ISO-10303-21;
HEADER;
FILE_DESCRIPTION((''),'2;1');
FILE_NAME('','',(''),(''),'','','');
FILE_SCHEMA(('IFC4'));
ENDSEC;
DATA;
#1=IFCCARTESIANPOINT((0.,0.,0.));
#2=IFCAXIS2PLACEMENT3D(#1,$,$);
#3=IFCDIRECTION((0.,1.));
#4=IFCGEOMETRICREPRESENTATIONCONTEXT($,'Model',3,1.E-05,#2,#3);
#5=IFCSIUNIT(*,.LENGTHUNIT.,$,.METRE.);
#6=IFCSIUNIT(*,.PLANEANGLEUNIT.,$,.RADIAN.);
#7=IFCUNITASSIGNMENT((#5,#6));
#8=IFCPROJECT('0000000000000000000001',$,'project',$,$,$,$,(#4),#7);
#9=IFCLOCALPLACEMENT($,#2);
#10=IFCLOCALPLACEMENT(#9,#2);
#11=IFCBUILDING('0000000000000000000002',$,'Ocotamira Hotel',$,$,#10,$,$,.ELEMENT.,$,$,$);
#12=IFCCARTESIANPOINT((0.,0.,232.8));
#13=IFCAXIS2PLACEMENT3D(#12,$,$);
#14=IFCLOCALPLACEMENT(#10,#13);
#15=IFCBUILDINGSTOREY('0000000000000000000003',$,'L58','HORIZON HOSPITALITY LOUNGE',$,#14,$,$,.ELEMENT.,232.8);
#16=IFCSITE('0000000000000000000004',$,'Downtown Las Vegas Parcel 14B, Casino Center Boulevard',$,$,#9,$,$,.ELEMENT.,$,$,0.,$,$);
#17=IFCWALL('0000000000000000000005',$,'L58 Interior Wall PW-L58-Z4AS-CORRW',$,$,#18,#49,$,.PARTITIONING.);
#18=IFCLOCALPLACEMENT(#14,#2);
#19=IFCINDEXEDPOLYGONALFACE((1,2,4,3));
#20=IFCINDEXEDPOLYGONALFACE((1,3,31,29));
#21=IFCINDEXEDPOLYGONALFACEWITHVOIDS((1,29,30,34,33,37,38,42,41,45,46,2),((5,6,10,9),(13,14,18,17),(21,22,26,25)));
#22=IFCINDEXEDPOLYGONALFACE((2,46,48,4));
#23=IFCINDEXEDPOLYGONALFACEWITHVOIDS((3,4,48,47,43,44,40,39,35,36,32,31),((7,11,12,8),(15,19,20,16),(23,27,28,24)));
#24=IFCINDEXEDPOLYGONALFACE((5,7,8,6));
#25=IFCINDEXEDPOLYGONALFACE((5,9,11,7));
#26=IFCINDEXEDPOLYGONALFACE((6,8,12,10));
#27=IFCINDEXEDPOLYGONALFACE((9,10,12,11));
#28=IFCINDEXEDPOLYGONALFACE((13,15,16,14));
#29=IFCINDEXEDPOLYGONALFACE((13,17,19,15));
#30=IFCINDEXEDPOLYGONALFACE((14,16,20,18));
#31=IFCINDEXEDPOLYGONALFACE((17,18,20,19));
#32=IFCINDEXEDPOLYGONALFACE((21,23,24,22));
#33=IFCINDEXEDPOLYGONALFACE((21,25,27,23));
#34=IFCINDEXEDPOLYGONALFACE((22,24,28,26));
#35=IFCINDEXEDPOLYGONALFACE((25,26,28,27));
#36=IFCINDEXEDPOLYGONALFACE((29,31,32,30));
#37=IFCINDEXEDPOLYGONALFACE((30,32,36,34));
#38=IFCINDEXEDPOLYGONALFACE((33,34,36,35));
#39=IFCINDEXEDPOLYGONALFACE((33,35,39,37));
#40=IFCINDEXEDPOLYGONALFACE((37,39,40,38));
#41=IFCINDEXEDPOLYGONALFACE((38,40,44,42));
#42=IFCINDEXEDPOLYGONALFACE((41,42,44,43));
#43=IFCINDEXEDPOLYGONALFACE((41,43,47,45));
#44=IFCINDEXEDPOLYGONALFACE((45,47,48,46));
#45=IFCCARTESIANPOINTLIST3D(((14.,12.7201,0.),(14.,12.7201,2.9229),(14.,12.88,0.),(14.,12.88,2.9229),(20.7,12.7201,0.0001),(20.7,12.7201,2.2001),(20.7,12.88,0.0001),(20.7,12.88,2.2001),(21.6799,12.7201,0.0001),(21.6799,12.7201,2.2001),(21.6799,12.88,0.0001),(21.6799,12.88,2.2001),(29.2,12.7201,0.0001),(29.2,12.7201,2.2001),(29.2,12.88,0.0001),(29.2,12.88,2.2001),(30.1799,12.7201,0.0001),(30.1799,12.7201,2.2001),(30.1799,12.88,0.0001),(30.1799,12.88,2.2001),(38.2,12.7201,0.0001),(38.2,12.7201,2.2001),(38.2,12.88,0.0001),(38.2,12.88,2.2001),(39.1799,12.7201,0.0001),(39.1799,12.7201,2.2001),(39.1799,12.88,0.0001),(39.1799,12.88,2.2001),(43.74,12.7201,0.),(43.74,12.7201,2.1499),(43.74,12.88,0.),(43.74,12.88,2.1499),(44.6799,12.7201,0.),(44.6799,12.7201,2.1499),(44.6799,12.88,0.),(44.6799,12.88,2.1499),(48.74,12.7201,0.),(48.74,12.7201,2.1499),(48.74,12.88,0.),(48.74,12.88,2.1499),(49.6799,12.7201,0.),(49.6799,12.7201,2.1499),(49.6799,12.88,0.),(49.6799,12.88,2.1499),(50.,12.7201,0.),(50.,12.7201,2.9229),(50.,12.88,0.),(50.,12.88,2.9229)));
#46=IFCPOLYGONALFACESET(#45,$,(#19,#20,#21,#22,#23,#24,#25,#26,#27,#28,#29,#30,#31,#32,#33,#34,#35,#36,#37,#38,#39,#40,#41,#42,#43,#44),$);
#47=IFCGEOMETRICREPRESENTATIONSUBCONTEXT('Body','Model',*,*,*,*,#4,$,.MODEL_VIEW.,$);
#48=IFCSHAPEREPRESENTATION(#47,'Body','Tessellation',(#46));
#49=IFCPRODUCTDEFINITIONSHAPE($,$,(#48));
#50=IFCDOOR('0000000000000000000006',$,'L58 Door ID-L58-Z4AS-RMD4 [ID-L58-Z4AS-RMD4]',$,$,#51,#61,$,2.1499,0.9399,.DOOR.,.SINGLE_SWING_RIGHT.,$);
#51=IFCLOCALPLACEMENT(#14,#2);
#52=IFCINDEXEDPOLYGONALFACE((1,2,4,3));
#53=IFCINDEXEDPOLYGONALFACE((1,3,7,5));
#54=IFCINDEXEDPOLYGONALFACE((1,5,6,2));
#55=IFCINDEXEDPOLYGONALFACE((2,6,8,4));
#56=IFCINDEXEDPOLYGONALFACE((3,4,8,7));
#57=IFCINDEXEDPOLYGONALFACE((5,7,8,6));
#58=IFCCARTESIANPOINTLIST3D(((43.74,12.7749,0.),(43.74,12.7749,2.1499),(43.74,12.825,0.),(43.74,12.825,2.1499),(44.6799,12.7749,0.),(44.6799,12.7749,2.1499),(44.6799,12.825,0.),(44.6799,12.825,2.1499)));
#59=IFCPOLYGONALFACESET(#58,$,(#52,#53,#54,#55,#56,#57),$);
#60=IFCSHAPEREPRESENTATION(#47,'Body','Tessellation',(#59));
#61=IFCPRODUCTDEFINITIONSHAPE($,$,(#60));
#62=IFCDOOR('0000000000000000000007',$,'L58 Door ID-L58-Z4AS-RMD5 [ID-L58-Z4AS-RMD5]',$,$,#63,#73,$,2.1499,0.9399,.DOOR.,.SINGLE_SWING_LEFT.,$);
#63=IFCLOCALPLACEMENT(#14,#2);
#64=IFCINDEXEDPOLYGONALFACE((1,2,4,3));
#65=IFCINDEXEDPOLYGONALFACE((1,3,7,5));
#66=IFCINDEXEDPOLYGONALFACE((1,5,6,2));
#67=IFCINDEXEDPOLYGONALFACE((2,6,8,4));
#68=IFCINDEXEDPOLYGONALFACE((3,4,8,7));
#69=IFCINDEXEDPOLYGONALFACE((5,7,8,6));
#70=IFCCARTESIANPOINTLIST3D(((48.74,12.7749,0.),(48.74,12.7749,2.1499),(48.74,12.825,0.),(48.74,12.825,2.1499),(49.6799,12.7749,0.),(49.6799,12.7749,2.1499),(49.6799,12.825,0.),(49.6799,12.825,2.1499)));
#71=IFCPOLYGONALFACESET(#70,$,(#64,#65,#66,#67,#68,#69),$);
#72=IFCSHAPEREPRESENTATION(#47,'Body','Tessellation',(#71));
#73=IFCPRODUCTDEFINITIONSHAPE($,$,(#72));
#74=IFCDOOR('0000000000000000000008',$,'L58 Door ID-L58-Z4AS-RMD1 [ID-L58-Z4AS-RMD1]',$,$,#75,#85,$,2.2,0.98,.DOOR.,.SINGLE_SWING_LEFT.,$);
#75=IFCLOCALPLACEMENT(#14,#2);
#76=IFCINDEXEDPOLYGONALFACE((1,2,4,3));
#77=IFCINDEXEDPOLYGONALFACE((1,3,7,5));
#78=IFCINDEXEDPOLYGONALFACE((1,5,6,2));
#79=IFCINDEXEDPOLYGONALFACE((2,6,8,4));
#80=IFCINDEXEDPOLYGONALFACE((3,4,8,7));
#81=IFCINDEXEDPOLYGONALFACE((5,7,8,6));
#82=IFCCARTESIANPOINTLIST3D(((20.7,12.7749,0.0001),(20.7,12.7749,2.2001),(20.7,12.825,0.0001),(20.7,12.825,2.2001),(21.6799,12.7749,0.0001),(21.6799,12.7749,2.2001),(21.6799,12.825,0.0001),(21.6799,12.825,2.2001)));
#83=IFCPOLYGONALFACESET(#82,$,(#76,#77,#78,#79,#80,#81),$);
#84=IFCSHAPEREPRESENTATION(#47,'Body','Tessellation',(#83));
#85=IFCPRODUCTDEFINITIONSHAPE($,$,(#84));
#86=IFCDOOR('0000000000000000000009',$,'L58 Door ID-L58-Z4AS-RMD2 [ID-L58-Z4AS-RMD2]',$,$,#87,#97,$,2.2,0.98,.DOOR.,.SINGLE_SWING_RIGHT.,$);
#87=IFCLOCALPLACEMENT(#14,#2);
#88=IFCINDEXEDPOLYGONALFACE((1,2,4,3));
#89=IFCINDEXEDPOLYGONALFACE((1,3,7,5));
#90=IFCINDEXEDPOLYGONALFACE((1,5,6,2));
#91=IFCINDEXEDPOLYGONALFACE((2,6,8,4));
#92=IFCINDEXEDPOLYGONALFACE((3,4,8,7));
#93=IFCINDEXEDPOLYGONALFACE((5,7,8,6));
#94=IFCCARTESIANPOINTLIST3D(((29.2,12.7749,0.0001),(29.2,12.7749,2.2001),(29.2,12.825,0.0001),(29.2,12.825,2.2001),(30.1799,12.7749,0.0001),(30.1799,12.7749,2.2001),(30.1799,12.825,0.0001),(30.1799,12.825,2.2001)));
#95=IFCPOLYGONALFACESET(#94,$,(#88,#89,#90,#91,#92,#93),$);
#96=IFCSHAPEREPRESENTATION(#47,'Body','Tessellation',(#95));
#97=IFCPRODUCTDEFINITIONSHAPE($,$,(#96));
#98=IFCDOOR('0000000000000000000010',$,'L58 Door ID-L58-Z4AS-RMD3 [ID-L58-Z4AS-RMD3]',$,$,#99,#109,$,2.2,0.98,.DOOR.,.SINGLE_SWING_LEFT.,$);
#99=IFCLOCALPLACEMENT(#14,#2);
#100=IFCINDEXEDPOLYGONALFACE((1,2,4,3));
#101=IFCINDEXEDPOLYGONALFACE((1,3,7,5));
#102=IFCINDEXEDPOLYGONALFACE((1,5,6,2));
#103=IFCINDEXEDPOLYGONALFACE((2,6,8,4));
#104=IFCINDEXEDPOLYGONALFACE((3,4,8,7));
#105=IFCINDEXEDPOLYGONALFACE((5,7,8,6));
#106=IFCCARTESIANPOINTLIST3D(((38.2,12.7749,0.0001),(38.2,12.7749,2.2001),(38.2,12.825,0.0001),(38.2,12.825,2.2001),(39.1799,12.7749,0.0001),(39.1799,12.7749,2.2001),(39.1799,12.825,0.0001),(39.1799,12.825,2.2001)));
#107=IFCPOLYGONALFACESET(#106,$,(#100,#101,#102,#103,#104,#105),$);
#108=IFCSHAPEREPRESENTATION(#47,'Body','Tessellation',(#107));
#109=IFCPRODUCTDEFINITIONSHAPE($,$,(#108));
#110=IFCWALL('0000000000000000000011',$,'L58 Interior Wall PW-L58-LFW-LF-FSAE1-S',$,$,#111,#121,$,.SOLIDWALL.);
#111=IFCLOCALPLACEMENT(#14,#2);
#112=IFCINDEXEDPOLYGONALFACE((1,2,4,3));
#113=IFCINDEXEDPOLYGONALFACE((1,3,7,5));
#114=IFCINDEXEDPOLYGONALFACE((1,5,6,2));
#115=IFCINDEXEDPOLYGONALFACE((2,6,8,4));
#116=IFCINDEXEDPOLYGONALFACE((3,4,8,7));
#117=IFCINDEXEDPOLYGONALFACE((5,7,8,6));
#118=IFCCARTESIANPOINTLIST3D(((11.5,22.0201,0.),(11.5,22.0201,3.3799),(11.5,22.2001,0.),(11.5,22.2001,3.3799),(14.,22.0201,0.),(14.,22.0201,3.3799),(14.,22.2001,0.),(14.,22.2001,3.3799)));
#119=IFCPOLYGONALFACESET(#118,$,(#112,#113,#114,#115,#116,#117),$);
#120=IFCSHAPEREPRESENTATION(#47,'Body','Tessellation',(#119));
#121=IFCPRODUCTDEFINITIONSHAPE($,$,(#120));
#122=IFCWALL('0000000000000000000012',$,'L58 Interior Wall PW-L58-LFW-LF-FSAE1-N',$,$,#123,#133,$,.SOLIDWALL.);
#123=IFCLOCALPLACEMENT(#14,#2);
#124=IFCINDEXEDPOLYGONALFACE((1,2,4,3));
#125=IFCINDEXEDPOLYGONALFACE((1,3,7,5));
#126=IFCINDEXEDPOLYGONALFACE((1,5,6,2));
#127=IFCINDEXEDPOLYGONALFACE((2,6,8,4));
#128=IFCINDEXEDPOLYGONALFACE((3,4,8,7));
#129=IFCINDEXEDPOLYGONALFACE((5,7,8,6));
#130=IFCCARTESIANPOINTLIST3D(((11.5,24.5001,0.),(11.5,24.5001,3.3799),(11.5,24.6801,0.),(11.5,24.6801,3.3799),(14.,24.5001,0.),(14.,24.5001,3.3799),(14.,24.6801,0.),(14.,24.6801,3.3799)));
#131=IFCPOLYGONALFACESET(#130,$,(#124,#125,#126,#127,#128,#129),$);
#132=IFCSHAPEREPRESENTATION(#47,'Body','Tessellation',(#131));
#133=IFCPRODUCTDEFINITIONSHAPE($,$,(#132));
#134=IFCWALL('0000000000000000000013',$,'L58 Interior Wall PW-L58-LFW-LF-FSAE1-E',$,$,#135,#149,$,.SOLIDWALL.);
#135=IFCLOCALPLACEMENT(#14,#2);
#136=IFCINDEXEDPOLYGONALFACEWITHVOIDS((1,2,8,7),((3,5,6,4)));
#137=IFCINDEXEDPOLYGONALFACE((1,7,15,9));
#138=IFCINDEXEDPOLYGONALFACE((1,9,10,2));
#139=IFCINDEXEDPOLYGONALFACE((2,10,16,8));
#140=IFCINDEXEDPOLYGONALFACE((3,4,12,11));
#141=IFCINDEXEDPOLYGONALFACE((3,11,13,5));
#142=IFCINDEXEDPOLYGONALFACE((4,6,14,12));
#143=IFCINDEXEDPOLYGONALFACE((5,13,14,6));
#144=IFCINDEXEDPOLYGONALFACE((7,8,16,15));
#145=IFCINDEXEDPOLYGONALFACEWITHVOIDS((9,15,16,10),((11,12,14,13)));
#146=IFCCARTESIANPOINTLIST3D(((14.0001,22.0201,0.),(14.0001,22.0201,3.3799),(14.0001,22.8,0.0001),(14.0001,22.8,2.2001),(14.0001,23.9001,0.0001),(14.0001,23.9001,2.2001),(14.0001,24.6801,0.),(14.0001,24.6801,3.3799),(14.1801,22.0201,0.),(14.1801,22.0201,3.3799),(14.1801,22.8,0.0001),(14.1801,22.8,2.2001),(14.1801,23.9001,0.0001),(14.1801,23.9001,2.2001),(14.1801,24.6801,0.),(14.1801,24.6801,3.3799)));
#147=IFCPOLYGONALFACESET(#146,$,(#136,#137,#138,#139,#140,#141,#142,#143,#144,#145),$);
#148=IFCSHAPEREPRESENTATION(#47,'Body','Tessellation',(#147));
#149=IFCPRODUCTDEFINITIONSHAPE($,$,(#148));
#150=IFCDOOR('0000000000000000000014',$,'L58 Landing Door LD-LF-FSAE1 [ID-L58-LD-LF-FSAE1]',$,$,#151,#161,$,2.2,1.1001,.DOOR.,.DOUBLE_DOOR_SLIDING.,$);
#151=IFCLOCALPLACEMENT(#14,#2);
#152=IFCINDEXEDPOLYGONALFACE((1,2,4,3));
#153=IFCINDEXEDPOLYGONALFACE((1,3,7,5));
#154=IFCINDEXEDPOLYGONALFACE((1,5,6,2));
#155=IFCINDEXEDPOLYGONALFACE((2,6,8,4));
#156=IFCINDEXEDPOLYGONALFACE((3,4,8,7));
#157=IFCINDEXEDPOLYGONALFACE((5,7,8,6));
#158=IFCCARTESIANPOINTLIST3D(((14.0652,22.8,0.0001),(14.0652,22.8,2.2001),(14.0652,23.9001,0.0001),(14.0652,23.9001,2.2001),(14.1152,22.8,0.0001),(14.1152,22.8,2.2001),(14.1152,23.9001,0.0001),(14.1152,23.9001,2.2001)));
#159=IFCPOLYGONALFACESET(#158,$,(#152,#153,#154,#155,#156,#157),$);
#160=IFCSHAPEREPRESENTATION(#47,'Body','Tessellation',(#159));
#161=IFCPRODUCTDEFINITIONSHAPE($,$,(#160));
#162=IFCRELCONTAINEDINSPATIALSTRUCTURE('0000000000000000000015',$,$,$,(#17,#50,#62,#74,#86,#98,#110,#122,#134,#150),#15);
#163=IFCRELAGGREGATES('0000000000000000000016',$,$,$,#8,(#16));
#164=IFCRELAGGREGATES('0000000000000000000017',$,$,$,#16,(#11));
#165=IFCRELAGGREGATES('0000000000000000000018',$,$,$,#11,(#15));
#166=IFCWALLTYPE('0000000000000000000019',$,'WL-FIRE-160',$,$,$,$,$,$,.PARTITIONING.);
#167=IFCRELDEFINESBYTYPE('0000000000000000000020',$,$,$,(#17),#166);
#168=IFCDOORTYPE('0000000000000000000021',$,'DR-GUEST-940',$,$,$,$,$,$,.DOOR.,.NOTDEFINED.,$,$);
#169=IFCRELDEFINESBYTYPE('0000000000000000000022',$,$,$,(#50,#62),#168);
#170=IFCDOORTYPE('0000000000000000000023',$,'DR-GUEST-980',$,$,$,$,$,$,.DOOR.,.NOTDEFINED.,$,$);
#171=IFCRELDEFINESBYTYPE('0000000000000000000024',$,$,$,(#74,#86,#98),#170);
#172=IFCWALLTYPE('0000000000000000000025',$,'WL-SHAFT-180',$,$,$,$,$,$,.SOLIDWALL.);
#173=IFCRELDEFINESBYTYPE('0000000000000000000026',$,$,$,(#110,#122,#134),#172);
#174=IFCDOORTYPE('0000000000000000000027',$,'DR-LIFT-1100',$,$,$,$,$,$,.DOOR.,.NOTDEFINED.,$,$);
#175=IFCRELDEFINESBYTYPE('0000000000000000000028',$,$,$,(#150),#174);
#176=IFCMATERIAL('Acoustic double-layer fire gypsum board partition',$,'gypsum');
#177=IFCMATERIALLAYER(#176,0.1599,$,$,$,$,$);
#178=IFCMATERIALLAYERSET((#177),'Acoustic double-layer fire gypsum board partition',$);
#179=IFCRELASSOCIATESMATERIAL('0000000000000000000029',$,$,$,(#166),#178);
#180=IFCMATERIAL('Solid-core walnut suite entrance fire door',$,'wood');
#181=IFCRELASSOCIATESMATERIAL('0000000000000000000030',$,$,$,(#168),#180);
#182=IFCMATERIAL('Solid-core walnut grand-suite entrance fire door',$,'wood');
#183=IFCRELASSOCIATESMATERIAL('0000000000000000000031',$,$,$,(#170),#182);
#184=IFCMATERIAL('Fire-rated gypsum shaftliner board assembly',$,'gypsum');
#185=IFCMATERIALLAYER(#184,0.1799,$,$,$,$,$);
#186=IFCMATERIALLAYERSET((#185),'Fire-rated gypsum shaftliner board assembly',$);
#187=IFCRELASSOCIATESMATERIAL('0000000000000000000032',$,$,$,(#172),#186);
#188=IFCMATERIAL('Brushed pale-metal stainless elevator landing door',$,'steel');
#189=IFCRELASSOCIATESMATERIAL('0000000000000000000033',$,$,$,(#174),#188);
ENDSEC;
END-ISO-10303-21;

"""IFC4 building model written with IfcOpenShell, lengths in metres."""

from ifc_helpers import new_model, si_unit, direction, frame, frame_2d, origin, place, context, subcontext, project, spatial, rectangle, extrude, source, transform, mapped, material, layer, layer_set, type_object, element, fill, save


model = new_model("IFC4")

# Units and contexts
model_context = context("Model", 3, precision=1e-05, world=origin(), true_north=direction((0.0, 1.0)))
body_context = subcontext(model_context, "Body", "Model", "MODEL_VIEW")
ifc_project = project(units=[si_unit("LENGTHUNIT", "METRE"), si_unit("PLANEANGLEUNIT", "RADIAN")], contexts=[model_context])

# Site, building, storey
site_placement = place(None, origin())
site = spatial("IfcSite", under=ifc_project, at=site_placement, Name="Downtown Las Vegas Parcel 14B, Casino Center Boulevard", CompositionType="ELEMENT", RefElevation=0.0)
building_placement = place(site_placement, origin())
building = spatial("IfcBuilding", under=site, at=building_placement, Name="Ocotamira Hotel", CompositionType="ELEMENT")
storey_placement = place(building_placement, frame((0.0, 0.0, 232.8)))
storey = spatial("IfcBuildingStorey", under=building, at=storey_placement, Name="L58", Description="HORIZON HOSPITALITY LOUNGE", CompositionType="ELEMENT", Elevation=232.8)

# Shared definitions
ifc_material_1 = material(Name="Acoustic double-layer fire gypsum board partition", Category="gypsum")
ifc_layer_1 = layer(ifc_material_1, 0.1599)
ifc_layer_set_1 = layer_set([ifc_layer_1], Name="Acoustic double-layer fire gypsum board partition")
wall_type_1 = type_object("IfcWallType", Name="WL-FIRE-160", PredefinedType="PARTITIONING", material=ifc_layer_set_1)

# Wall, openings, doors
wall_1_placement = place(storey_placement, frame((14.0, 12.8, 0.0), z_axis=(0.0, 0.0, 1.0), x_axis=(1.0, 0.0, 0.0)))
wall_1 = element("IfcWall", 1, at=wall_1_placement, inside=storey, type_object=wall_type_1, Name="L58 Interior Wall PW-L58-Z4AS-CORRW", PredefinedType="PARTITIONING", context=body_context, shape_type="SweptSolid", body=[
    extrude(rectangle(XDim=36.0, YDim=0.1599, at=frame_2d((18.0, 0.0))), origin(), (0.0, 0.0, 1.0), 2.9229),
])
opening_1_placement = place(wall_1_placement, frame((6.7, 0.0, 0.0)))
opening_1 = element("IfcOpeningElement", 2, at=opening_1_placement, cuts=wall_1, PredefinedType="OPENING", context=body_context, shape_type="SweptSolid", body=[
    extrude(rectangle(XDim=0.98, YDim=2.2, at=frame_2d((0.49, 1.1001))), frame((0.0, 0.0898, 0.0), z_axis=(0.0, -1.0, 0.0), x_axis=(1.0, 0.0, 0.0)), (0.0, 0.0, 1.0), 0.1799),
])
opening_2_placement = place(wall_1_placement, frame((15.2, 0.0, 0.0)))
opening_2 = element("IfcOpeningElement", 3, at=opening_2_placement, cuts=wall_1, PredefinedType="OPENING", context=body_context, shape_type="SweptSolid", body=[
    extrude(rectangle(XDim=0.98, YDim=2.2, at=frame_2d((0.49, 1.1001))), frame((0.0, 0.0898, 0.0), z_axis=(0.0, -1.0, 0.0), x_axis=(1.0, 0.0, 0.0)), (0.0, 0.0, 1.0), 0.1799),
])
opening_3_placement = place(wall_1_placement, frame((24.2, 0.0, 0.0)))
opening_3 = element("IfcOpeningElement", 4, at=opening_3_placement, cuts=wall_1, PredefinedType="OPENING", context=body_context, shape_type="SweptSolid", body=[
    extrude(rectangle(XDim=0.98, YDim=2.2, at=frame_2d((0.49, 1.1001))), frame((0.0, 0.0898, 0.0), z_axis=(0.0, -1.0, 0.0), x_axis=(1.0, 0.0, 0.0)), (0.0, 0.0, 1.0), 0.1799),
])
opening_4_placement = place(wall_1_placement, frame((29.74, 0.0, 0.0)))
opening_4 = element("IfcOpeningElement", 5, at=opening_4_placement, cuts=wall_1, PredefinedType="OPENING", context=body_context, shape_type="SweptSolid", body=[
    extrude(rectangle(XDim=0.9399, YDim=2.1499, at=frame_2d((0.47, 1.075))), frame((0.0, 0.0898, 0.0), z_axis=(0.0, -1.0, 0.0), x_axis=(1.0, 0.0, 0.0)), (0.0, 0.0, 1.0), 0.1799),
])
opening_5_placement = place(wall_1_placement, frame((34.74, 0.0, 0.0)))
opening_5 = element("IfcOpeningElement", 6, at=opening_5_placement, cuts=wall_1, PredefinedType="OPENING", context=body_context, shape_type="SweptSolid", body=[
    extrude(rectangle(XDim=0.9399, YDim=2.1499, at=frame_2d((0.47, 1.075))), frame((0.0, 0.0898, 0.0), z_axis=(0.0, -1.0, 0.0), x_axis=(1.0, 0.0, 0.0)), (0.0, 0.0, 1.0), 0.1799),
])
ifc_material_2 = material(Name="Solid-core walnut suite entrance fire door", Category="wood")
door_type_1 = type_object("IfcDoorType", Name="DR-GUEST-940", OperationType="NOTDEFINED", PredefinedType="DOOR", material=ifc_material_2)
shared_shape_1 = source(origin(), body_context, "Body", "SweptSolid", [
    extrude(rectangle(XDim=0.9399, YDim=2.1499, at=frame_2d((0.47, 1.075))), frame((0.0, 0.0249, 0.0), z_axis=(0.0, -1.0, 0.0), x_axis=(1.0, 0.0, 0.0)), (0.0, 0.0, 1.0), 0.05),
])
door_1_placement = place(opening_4_placement, origin())
door_1 = element("IfcDoor", 7, at=door_1_placement, inside=storey, type_object=door_type_1, Name="L58 Door ID-L58-Z4AS-RMD4 [ID-L58-Z4AS-RMD4]", OperationType="SINGLE_SWING_RIGHT", OverallHeight=2.1499, OverallWidth=0.9399, PredefinedType="DOOR", context=body_context, shape_type="MappedRepresentation", body=[
    mapped(shared_shape_1, transform((0.0, 0.0, 0.0), scale=1.0)),
])
fill(opening_4, door_1)
door_2_placement = place(opening_5_placement, origin())
door_2 = element("IfcDoor", 8, at=door_2_placement, inside=storey, type_object=door_type_1, Name="L58 Door ID-L58-Z4AS-RMD5 [ID-L58-Z4AS-RMD5]", OperationType="SINGLE_SWING_LEFT", OverallHeight=2.1499, OverallWidth=0.9399, PredefinedType="DOOR", context=body_context, shape_type="MappedRepresentation", body=[
    mapped(shared_shape_1, transform((0.0, 0.0, 0.0), scale=1.0)),
])
fill(opening_5, door_2)
ifc_material_3 = material(Name="Solid-core walnut grand-suite entrance fire door", Category="wood")
door_type_2 = type_object("IfcDoorType", Name="DR-GUEST-980", OperationType="NOTDEFINED", PredefinedType="DOOR", material=ifc_material_3)
shared_shape_2 = source(origin(), body_context, "Body", "SweptSolid", [
    extrude(rectangle(XDim=0.98, YDim=2.2, at=frame_2d((0.49, 1.1001))), frame((0.0, 0.0249, 0.0), z_axis=(0.0, -1.0, 0.0), x_axis=(1.0, 0.0, 0.0)), (0.0, 0.0, 1.0), 0.05),
])
door_3_placement = place(opening_1_placement, origin())
door_3 = element("IfcDoor", 9, at=door_3_placement, inside=storey, type_object=door_type_2, Name="L58 Door ID-L58-Z4AS-RMD1 [ID-L58-Z4AS-RMD1]", OperationType="SINGLE_SWING_LEFT", OverallHeight=2.2, OverallWidth=0.98, PredefinedType="DOOR", context=body_context, shape_type="MappedRepresentation", body=[
    mapped(shared_shape_2, transform((0.0, 0.0, 0.0), scale=1.0)),
])
fill(opening_1, door_3)
door_4_placement = place(opening_2_placement, origin())
door_4 = element("IfcDoor", 10, at=door_4_placement, inside=storey, type_object=door_type_2, Name="L58 Door ID-L58-Z4AS-RMD2 [ID-L58-Z4AS-RMD2]", OperationType="SINGLE_SWING_RIGHT", OverallHeight=2.2, OverallWidth=0.98, PredefinedType="DOOR", context=body_context, shape_type="MappedRepresentation", body=[
    mapped(shared_shape_2, transform((0.0, 0.0, 0.0), scale=1.0)),
])
fill(opening_2, door_4)
door_5_placement = place(opening_3_placement, origin())
door_5 = element("IfcDoor", 11, at=door_5_placement, inside=storey, type_object=door_type_2, Name="L58 Door ID-L58-Z4AS-RMD3 [ID-L58-Z4AS-RMD3]", OperationType="SINGLE_SWING_LEFT", OverallHeight=2.2, OverallWidth=0.98, PredefinedType="DOOR", context=body_context, shape_type="MappedRepresentation", body=[
    mapped(shared_shape_2, transform((0.0, 0.0, 0.0), scale=1.0)),
])
fill(opening_3, door_5)

# Walls
ifc_material_4 = material(Name="Fire-rated gypsum shaftliner board assembly", Category="gypsum")
ifc_layer_2 = layer(ifc_material_4, 0.1799)
ifc_layer_set_2 = layer_set([ifc_layer_2], Name="Fire-rated gypsum shaftliner board assembly")
wall_type_2 = type_object("IfcWallType", Name="WL-SHAFT-180", PredefinedType="SOLIDWALL", material=ifc_layer_set_2)
for number, where, z_axis, x_axis, name in (
    (12, (11.5, 22.1101, 0.0), (0.0, 0.0, 1.0), (1.0, 0.0, 0.0), "L58 Interior Wall PW-L58-LFW-LF-FSAE1-S"),
    (13, (11.5, 24.5901, 0.0), (0.0, 0.0, 1.0), (1.0, 0.0, 0.0), "L58 Interior Wall PW-L58-LFW-LF-FSAE1-N"),
):
    element("IfcWall", number, at=place(storey_placement, frame(where, z_axis=z_axis, x_axis=x_axis)), inside=storey, type_object=wall_type_2, Name=name, PredefinedType="SOLIDWALL", context=body_context, shape_type="SweptSolid", body=[
        extrude(rectangle(XDim=2.5, YDim=0.1799, at=frame_2d((1.25, 0.0))), origin(), (0.0, 0.0, 1.0), 3.3799),
    ])

# Wall, opening, door
wall_2_placement = place(storey_placement, frame((14.0901, 22.02, 0.0), z_axis=(0.0, 0.0, 1.0), x_axis=(0.0, 1.0, 0.0)))
wall_2 = element("IfcWall", 14, at=wall_2_placement, inside=storey, type_object=wall_type_2, Name="L58 Interior Wall PW-L58-LFW-LF-FSAE1-E", PredefinedType="SOLIDWALL", context=body_context, shape_type="SweptSolid", body=[
    extrude(rectangle(XDim=2.6599, YDim=0.1799, at=frame_2d((1.3301, 0.0))), origin(), (0.0, 0.0, 1.0), 3.3799),
])
opening_6_placement = place(wall_2_placement, frame((0.78, 0.0, 0.0)))
opening_6 = element("IfcOpeningElement", 15, at=opening_6_placement, cuts=wall_2, PredefinedType="OPENING", context=body_context, shape_type="SweptSolid", body=[
    extrude(rectangle(XDim=1.1001, YDim=2.2, at=frame_2d((0.55, 1.1001))), frame((0.0, 0.1001, 0.0), z_axis=(0.0, -1.0, 0.0), x_axis=(1.0, 0.0, 0.0)), (0.0, 0.0, 1.0), 0.2),
])
ifc_material_5 = material(Name="Brushed pale-metal stainless elevator landing door", Category="steel")
door_type_3 = type_object("IfcDoorType", Name="DR-LIFT-1100", OperationType="NOTDEFINED", PredefinedType="DOOR", material=ifc_material_5)
shared_shape_3 = source(origin(), body_context, "Body", "SweptSolid", [
    extrude(rectangle(XDim=1.1001, YDim=2.2, at=frame_2d((0.55, 1.1001))), frame((0.0, 0.0249, 0.0), z_axis=(0.0, -1.0, 0.0), x_axis=(1.0, 0.0, 0.0)), (0.0, 0.0, 1.0), 0.05),
])
door_6_placement = place(opening_6_placement, origin())
door_6 = element("IfcDoor", 16, at=door_6_placement, inside=storey, type_object=door_type_3, Name="L58 Landing Door LD-LF-FSAE1 [ID-L58-LD-LF-FSAE1]", OperationType="DOUBLE_DOOR_SLIDING", OverallHeight=2.2, OverallWidth=1.1001, PredefinedType="DOOR", context=body_context, shape_type="MappedRepresentation", body=[
    mapped(shared_shape_3, transform((0.0, 0.0, 0.0), scale=1.0)),
])
fill(opening_6, door_6)

save(model, "model.ifc")
